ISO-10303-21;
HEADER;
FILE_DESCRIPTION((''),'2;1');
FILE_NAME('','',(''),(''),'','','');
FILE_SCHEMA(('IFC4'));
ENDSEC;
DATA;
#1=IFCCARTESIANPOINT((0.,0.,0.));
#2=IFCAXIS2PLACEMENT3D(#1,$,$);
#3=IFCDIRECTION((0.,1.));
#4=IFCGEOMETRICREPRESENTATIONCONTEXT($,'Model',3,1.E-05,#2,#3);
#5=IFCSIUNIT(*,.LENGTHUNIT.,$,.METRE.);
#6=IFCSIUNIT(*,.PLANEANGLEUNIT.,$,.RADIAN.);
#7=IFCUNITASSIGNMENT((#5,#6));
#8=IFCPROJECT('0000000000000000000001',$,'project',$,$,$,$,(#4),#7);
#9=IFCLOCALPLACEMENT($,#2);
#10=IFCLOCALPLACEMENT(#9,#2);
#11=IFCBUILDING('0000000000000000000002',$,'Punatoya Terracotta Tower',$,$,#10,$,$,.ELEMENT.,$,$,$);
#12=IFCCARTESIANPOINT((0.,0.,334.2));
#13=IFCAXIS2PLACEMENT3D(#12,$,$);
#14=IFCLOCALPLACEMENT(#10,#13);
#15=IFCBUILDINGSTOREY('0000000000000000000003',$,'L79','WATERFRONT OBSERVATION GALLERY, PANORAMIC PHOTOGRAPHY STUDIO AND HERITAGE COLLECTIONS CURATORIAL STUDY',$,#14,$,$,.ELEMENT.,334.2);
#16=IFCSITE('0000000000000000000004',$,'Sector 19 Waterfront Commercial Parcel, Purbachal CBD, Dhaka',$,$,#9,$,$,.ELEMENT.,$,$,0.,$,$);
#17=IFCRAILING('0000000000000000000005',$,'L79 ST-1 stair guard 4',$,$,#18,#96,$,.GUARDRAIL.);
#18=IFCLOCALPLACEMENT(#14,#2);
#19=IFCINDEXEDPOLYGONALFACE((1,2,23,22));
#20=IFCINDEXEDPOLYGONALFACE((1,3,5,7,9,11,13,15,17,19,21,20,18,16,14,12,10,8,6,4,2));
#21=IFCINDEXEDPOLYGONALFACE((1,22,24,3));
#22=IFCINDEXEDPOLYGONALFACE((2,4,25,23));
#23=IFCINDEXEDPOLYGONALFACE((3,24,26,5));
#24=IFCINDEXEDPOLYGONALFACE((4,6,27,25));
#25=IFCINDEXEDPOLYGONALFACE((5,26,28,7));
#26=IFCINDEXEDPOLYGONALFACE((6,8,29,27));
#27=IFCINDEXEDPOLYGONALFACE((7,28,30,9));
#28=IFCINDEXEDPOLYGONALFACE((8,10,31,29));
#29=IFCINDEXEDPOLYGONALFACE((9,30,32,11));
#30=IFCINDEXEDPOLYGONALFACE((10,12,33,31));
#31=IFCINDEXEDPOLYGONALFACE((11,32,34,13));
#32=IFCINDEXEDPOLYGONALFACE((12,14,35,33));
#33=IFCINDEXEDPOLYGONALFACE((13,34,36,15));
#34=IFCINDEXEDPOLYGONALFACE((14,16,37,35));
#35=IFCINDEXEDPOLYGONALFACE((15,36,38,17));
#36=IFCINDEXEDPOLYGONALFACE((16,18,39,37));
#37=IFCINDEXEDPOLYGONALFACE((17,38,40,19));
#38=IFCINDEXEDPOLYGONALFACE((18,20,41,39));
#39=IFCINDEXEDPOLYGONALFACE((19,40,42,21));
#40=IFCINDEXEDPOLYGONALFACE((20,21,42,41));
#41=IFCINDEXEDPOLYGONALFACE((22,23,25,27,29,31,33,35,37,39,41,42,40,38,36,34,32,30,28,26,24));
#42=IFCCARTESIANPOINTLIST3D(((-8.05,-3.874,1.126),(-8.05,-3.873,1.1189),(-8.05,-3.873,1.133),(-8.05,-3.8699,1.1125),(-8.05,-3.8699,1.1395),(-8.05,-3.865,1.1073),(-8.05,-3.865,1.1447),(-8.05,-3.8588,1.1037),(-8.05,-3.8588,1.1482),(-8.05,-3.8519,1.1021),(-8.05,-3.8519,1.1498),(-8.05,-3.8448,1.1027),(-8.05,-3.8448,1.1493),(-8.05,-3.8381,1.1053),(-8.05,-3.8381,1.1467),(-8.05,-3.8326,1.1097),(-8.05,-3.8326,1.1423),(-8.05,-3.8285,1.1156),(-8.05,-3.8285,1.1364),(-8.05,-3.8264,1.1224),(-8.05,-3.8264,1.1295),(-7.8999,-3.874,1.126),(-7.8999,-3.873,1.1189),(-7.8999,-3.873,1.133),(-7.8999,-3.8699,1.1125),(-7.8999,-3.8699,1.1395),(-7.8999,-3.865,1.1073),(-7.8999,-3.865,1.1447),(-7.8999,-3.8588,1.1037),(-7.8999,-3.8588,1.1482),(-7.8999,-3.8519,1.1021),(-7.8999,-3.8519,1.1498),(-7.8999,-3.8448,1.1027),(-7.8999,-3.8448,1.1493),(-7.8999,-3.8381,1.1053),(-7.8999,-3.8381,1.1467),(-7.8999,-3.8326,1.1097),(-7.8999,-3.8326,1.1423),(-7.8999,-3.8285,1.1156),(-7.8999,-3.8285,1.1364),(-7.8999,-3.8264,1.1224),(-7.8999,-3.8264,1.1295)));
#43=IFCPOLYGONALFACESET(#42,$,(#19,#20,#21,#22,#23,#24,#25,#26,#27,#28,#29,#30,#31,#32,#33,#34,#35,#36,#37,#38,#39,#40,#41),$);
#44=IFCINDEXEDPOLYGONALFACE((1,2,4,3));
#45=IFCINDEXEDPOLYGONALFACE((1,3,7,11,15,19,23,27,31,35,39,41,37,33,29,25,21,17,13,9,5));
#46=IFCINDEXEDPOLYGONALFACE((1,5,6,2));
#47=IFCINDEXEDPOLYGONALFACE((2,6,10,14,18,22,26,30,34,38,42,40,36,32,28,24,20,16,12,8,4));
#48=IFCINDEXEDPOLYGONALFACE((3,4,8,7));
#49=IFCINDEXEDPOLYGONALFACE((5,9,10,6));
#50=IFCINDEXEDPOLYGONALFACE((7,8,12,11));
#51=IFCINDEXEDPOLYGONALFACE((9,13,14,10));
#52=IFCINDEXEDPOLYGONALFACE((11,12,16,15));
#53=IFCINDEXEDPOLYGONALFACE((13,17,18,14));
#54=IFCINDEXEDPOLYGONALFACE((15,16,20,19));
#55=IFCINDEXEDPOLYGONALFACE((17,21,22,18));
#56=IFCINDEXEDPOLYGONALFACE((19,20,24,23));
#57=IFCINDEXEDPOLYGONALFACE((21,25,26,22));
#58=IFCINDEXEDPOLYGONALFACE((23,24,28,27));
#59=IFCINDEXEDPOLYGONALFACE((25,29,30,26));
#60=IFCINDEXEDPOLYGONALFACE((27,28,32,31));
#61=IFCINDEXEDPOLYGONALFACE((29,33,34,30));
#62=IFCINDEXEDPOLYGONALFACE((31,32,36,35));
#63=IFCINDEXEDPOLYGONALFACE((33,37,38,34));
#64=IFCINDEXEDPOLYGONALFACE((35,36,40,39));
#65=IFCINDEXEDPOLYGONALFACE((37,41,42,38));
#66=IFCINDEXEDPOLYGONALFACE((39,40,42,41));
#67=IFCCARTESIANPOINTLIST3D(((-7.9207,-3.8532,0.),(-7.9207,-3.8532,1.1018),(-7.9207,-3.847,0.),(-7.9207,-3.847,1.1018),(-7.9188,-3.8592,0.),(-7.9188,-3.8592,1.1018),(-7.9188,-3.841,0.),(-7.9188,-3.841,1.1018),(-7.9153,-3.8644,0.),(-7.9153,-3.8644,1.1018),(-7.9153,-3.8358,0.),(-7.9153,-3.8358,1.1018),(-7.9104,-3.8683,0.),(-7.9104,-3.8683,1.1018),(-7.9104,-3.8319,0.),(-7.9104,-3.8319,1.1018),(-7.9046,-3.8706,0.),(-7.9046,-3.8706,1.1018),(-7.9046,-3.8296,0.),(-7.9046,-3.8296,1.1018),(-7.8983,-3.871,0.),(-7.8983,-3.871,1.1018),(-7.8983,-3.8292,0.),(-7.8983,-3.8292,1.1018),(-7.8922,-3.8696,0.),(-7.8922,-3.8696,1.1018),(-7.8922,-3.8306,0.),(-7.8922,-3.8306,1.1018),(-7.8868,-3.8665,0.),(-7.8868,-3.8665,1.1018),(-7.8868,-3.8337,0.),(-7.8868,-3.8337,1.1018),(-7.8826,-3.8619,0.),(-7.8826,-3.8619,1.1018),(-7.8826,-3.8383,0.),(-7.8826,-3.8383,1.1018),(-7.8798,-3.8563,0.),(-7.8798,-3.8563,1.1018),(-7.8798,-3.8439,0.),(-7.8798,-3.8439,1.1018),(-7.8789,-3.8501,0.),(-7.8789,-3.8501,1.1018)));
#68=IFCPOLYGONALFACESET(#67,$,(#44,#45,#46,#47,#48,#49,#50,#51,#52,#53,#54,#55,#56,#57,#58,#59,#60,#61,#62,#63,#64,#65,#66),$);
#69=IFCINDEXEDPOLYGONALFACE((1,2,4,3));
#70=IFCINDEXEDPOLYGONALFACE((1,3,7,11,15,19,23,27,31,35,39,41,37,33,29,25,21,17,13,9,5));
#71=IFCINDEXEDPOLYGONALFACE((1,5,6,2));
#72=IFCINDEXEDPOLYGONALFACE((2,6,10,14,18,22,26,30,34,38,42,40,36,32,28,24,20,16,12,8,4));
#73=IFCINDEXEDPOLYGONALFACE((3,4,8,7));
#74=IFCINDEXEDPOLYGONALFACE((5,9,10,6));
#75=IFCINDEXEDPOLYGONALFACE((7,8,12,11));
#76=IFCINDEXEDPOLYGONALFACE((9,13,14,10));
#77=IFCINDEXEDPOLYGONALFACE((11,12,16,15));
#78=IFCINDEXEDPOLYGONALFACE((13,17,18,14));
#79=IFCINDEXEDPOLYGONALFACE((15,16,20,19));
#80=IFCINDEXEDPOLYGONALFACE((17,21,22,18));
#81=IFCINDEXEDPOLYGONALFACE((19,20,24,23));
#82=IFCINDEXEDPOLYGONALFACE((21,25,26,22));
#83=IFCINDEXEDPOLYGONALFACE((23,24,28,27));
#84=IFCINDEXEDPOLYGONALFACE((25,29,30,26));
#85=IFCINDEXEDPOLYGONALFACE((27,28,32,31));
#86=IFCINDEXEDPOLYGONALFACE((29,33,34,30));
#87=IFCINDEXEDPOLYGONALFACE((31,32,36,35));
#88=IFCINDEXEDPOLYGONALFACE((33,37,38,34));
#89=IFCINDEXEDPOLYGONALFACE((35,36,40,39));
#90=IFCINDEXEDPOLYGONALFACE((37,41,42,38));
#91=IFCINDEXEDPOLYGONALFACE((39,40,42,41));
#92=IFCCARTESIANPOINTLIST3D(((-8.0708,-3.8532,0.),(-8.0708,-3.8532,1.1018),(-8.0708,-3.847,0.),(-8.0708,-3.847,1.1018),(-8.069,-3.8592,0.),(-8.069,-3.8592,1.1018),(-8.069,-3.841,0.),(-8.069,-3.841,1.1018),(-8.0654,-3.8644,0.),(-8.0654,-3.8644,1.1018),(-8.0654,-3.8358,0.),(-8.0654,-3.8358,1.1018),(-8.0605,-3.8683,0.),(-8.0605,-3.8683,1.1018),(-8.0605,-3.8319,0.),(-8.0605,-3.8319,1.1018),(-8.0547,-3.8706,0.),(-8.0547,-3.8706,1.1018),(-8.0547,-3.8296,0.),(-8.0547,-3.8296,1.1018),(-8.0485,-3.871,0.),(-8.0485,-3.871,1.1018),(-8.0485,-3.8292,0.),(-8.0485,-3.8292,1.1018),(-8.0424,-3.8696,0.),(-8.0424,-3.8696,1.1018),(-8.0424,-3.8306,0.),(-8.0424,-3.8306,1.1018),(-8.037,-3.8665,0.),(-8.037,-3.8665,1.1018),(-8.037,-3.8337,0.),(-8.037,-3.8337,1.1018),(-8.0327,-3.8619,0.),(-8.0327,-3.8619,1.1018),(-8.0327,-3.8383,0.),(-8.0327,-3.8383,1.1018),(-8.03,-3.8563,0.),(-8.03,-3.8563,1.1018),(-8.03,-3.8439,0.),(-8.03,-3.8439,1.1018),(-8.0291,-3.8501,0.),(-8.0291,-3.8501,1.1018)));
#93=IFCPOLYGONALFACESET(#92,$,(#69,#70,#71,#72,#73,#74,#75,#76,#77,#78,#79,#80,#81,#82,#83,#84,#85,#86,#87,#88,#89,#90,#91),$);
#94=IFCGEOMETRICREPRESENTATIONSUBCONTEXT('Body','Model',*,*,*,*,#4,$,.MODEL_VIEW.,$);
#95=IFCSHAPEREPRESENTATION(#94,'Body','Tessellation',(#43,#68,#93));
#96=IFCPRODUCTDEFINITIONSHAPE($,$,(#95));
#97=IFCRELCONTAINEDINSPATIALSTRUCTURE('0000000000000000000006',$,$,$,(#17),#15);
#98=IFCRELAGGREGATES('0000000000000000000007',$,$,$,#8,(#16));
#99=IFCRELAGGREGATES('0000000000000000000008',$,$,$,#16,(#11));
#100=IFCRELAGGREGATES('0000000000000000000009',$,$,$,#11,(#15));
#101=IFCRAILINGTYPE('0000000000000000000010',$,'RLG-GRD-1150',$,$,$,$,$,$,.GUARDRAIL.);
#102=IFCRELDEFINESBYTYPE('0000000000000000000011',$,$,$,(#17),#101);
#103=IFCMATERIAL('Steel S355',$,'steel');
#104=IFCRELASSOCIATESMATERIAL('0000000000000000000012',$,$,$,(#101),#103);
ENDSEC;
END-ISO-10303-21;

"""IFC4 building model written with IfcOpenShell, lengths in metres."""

from ifc_helpers import new_model, si_unit, direction, frame, origin, origin_2d, place, context, subcontext, project, spatial, circle, extrude, material, type_object, element, save


model = new_model("IFC4")

# Units and contexts
model_context = context("Model", 3, precision=1e-05, world=origin(), true_north=direction((0.0, 1.0)))
body_context = subcontext(model_context, "Body", "Model", "MODEL_VIEW")
ifc_project = project(units=[si_unit("LENGTHUNIT", "METRE"), si_unit("PLANEANGLEUNIT", "RADIAN")], contexts=[model_context])

# Site, building, storey
site_placement = place(None, origin())
site = spatial("IfcSite", under=ifc_project, at=site_placement, Name="Sector 19 Waterfront Commercial Parcel, Purbachal CBD, Dhaka", CompositionType="ELEMENT", RefElevation=0.0)
building_placement = place(site_placement, origin())
building = spatial("IfcBuilding", under=site, at=building_placement, Name="Punatoya Terracotta Tower", CompositionType="ELEMENT")
storey_placement = place(building_placement, frame((0.0, 0.0, 334.2)))
storey = spatial("IfcBuildingStorey", under=building, at=storey_placement, Name="L79", Description="WATERFRONT OBSERVATION GALLERY, PANORAMIC PHOTOGRAPHY STUDIO AND HERITAGE COLLECTIONS CURATORIAL STUDY", CompositionType="ELEMENT", Elevation=334.2)

# Shared definitions
ifc_material_1 = material(Name="Steel S355", Category="steel")

# Railing
railing_type_1 = type_object("IfcRailingType", Name="RLG-GRD-1150", PredefinedType="GUARDRAIL", material=ifc_material_1)
railing_1_placement = place(storey_placement, frame((-7.8999, -3.8501, 0.0)))
element("IfcRailing", 1, at=railing_1_placement, inside=storey, type_object=railing_type_1, Name="L79 ST-1 stair guard 4", PredefinedType="GUARDRAIL", context=body_context, shape_type="SweptSolid", body=[
    extrude(circle(Radius=0.0239, at=origin_2d()), frame((0.0, 0.0, 1.126), z_axis=(-1.0, 0.0, 0.0), x_axis=(0.0, -1.0, 0.0)), (0.0, 0.0, 1.0), 0.1501),
    extrude(circle(Radius=0.021, at=origin_2d()), origin(), (0.0, 0.0, 1.0), 1.1018),
    extrude(circle(Radius=0.021, at=origin_2d()), frame((-0.1501, 0.0, 0.0)), (0.0, 0.0, 1.0), 1.1018),
])

save(model, "model.ifc")
